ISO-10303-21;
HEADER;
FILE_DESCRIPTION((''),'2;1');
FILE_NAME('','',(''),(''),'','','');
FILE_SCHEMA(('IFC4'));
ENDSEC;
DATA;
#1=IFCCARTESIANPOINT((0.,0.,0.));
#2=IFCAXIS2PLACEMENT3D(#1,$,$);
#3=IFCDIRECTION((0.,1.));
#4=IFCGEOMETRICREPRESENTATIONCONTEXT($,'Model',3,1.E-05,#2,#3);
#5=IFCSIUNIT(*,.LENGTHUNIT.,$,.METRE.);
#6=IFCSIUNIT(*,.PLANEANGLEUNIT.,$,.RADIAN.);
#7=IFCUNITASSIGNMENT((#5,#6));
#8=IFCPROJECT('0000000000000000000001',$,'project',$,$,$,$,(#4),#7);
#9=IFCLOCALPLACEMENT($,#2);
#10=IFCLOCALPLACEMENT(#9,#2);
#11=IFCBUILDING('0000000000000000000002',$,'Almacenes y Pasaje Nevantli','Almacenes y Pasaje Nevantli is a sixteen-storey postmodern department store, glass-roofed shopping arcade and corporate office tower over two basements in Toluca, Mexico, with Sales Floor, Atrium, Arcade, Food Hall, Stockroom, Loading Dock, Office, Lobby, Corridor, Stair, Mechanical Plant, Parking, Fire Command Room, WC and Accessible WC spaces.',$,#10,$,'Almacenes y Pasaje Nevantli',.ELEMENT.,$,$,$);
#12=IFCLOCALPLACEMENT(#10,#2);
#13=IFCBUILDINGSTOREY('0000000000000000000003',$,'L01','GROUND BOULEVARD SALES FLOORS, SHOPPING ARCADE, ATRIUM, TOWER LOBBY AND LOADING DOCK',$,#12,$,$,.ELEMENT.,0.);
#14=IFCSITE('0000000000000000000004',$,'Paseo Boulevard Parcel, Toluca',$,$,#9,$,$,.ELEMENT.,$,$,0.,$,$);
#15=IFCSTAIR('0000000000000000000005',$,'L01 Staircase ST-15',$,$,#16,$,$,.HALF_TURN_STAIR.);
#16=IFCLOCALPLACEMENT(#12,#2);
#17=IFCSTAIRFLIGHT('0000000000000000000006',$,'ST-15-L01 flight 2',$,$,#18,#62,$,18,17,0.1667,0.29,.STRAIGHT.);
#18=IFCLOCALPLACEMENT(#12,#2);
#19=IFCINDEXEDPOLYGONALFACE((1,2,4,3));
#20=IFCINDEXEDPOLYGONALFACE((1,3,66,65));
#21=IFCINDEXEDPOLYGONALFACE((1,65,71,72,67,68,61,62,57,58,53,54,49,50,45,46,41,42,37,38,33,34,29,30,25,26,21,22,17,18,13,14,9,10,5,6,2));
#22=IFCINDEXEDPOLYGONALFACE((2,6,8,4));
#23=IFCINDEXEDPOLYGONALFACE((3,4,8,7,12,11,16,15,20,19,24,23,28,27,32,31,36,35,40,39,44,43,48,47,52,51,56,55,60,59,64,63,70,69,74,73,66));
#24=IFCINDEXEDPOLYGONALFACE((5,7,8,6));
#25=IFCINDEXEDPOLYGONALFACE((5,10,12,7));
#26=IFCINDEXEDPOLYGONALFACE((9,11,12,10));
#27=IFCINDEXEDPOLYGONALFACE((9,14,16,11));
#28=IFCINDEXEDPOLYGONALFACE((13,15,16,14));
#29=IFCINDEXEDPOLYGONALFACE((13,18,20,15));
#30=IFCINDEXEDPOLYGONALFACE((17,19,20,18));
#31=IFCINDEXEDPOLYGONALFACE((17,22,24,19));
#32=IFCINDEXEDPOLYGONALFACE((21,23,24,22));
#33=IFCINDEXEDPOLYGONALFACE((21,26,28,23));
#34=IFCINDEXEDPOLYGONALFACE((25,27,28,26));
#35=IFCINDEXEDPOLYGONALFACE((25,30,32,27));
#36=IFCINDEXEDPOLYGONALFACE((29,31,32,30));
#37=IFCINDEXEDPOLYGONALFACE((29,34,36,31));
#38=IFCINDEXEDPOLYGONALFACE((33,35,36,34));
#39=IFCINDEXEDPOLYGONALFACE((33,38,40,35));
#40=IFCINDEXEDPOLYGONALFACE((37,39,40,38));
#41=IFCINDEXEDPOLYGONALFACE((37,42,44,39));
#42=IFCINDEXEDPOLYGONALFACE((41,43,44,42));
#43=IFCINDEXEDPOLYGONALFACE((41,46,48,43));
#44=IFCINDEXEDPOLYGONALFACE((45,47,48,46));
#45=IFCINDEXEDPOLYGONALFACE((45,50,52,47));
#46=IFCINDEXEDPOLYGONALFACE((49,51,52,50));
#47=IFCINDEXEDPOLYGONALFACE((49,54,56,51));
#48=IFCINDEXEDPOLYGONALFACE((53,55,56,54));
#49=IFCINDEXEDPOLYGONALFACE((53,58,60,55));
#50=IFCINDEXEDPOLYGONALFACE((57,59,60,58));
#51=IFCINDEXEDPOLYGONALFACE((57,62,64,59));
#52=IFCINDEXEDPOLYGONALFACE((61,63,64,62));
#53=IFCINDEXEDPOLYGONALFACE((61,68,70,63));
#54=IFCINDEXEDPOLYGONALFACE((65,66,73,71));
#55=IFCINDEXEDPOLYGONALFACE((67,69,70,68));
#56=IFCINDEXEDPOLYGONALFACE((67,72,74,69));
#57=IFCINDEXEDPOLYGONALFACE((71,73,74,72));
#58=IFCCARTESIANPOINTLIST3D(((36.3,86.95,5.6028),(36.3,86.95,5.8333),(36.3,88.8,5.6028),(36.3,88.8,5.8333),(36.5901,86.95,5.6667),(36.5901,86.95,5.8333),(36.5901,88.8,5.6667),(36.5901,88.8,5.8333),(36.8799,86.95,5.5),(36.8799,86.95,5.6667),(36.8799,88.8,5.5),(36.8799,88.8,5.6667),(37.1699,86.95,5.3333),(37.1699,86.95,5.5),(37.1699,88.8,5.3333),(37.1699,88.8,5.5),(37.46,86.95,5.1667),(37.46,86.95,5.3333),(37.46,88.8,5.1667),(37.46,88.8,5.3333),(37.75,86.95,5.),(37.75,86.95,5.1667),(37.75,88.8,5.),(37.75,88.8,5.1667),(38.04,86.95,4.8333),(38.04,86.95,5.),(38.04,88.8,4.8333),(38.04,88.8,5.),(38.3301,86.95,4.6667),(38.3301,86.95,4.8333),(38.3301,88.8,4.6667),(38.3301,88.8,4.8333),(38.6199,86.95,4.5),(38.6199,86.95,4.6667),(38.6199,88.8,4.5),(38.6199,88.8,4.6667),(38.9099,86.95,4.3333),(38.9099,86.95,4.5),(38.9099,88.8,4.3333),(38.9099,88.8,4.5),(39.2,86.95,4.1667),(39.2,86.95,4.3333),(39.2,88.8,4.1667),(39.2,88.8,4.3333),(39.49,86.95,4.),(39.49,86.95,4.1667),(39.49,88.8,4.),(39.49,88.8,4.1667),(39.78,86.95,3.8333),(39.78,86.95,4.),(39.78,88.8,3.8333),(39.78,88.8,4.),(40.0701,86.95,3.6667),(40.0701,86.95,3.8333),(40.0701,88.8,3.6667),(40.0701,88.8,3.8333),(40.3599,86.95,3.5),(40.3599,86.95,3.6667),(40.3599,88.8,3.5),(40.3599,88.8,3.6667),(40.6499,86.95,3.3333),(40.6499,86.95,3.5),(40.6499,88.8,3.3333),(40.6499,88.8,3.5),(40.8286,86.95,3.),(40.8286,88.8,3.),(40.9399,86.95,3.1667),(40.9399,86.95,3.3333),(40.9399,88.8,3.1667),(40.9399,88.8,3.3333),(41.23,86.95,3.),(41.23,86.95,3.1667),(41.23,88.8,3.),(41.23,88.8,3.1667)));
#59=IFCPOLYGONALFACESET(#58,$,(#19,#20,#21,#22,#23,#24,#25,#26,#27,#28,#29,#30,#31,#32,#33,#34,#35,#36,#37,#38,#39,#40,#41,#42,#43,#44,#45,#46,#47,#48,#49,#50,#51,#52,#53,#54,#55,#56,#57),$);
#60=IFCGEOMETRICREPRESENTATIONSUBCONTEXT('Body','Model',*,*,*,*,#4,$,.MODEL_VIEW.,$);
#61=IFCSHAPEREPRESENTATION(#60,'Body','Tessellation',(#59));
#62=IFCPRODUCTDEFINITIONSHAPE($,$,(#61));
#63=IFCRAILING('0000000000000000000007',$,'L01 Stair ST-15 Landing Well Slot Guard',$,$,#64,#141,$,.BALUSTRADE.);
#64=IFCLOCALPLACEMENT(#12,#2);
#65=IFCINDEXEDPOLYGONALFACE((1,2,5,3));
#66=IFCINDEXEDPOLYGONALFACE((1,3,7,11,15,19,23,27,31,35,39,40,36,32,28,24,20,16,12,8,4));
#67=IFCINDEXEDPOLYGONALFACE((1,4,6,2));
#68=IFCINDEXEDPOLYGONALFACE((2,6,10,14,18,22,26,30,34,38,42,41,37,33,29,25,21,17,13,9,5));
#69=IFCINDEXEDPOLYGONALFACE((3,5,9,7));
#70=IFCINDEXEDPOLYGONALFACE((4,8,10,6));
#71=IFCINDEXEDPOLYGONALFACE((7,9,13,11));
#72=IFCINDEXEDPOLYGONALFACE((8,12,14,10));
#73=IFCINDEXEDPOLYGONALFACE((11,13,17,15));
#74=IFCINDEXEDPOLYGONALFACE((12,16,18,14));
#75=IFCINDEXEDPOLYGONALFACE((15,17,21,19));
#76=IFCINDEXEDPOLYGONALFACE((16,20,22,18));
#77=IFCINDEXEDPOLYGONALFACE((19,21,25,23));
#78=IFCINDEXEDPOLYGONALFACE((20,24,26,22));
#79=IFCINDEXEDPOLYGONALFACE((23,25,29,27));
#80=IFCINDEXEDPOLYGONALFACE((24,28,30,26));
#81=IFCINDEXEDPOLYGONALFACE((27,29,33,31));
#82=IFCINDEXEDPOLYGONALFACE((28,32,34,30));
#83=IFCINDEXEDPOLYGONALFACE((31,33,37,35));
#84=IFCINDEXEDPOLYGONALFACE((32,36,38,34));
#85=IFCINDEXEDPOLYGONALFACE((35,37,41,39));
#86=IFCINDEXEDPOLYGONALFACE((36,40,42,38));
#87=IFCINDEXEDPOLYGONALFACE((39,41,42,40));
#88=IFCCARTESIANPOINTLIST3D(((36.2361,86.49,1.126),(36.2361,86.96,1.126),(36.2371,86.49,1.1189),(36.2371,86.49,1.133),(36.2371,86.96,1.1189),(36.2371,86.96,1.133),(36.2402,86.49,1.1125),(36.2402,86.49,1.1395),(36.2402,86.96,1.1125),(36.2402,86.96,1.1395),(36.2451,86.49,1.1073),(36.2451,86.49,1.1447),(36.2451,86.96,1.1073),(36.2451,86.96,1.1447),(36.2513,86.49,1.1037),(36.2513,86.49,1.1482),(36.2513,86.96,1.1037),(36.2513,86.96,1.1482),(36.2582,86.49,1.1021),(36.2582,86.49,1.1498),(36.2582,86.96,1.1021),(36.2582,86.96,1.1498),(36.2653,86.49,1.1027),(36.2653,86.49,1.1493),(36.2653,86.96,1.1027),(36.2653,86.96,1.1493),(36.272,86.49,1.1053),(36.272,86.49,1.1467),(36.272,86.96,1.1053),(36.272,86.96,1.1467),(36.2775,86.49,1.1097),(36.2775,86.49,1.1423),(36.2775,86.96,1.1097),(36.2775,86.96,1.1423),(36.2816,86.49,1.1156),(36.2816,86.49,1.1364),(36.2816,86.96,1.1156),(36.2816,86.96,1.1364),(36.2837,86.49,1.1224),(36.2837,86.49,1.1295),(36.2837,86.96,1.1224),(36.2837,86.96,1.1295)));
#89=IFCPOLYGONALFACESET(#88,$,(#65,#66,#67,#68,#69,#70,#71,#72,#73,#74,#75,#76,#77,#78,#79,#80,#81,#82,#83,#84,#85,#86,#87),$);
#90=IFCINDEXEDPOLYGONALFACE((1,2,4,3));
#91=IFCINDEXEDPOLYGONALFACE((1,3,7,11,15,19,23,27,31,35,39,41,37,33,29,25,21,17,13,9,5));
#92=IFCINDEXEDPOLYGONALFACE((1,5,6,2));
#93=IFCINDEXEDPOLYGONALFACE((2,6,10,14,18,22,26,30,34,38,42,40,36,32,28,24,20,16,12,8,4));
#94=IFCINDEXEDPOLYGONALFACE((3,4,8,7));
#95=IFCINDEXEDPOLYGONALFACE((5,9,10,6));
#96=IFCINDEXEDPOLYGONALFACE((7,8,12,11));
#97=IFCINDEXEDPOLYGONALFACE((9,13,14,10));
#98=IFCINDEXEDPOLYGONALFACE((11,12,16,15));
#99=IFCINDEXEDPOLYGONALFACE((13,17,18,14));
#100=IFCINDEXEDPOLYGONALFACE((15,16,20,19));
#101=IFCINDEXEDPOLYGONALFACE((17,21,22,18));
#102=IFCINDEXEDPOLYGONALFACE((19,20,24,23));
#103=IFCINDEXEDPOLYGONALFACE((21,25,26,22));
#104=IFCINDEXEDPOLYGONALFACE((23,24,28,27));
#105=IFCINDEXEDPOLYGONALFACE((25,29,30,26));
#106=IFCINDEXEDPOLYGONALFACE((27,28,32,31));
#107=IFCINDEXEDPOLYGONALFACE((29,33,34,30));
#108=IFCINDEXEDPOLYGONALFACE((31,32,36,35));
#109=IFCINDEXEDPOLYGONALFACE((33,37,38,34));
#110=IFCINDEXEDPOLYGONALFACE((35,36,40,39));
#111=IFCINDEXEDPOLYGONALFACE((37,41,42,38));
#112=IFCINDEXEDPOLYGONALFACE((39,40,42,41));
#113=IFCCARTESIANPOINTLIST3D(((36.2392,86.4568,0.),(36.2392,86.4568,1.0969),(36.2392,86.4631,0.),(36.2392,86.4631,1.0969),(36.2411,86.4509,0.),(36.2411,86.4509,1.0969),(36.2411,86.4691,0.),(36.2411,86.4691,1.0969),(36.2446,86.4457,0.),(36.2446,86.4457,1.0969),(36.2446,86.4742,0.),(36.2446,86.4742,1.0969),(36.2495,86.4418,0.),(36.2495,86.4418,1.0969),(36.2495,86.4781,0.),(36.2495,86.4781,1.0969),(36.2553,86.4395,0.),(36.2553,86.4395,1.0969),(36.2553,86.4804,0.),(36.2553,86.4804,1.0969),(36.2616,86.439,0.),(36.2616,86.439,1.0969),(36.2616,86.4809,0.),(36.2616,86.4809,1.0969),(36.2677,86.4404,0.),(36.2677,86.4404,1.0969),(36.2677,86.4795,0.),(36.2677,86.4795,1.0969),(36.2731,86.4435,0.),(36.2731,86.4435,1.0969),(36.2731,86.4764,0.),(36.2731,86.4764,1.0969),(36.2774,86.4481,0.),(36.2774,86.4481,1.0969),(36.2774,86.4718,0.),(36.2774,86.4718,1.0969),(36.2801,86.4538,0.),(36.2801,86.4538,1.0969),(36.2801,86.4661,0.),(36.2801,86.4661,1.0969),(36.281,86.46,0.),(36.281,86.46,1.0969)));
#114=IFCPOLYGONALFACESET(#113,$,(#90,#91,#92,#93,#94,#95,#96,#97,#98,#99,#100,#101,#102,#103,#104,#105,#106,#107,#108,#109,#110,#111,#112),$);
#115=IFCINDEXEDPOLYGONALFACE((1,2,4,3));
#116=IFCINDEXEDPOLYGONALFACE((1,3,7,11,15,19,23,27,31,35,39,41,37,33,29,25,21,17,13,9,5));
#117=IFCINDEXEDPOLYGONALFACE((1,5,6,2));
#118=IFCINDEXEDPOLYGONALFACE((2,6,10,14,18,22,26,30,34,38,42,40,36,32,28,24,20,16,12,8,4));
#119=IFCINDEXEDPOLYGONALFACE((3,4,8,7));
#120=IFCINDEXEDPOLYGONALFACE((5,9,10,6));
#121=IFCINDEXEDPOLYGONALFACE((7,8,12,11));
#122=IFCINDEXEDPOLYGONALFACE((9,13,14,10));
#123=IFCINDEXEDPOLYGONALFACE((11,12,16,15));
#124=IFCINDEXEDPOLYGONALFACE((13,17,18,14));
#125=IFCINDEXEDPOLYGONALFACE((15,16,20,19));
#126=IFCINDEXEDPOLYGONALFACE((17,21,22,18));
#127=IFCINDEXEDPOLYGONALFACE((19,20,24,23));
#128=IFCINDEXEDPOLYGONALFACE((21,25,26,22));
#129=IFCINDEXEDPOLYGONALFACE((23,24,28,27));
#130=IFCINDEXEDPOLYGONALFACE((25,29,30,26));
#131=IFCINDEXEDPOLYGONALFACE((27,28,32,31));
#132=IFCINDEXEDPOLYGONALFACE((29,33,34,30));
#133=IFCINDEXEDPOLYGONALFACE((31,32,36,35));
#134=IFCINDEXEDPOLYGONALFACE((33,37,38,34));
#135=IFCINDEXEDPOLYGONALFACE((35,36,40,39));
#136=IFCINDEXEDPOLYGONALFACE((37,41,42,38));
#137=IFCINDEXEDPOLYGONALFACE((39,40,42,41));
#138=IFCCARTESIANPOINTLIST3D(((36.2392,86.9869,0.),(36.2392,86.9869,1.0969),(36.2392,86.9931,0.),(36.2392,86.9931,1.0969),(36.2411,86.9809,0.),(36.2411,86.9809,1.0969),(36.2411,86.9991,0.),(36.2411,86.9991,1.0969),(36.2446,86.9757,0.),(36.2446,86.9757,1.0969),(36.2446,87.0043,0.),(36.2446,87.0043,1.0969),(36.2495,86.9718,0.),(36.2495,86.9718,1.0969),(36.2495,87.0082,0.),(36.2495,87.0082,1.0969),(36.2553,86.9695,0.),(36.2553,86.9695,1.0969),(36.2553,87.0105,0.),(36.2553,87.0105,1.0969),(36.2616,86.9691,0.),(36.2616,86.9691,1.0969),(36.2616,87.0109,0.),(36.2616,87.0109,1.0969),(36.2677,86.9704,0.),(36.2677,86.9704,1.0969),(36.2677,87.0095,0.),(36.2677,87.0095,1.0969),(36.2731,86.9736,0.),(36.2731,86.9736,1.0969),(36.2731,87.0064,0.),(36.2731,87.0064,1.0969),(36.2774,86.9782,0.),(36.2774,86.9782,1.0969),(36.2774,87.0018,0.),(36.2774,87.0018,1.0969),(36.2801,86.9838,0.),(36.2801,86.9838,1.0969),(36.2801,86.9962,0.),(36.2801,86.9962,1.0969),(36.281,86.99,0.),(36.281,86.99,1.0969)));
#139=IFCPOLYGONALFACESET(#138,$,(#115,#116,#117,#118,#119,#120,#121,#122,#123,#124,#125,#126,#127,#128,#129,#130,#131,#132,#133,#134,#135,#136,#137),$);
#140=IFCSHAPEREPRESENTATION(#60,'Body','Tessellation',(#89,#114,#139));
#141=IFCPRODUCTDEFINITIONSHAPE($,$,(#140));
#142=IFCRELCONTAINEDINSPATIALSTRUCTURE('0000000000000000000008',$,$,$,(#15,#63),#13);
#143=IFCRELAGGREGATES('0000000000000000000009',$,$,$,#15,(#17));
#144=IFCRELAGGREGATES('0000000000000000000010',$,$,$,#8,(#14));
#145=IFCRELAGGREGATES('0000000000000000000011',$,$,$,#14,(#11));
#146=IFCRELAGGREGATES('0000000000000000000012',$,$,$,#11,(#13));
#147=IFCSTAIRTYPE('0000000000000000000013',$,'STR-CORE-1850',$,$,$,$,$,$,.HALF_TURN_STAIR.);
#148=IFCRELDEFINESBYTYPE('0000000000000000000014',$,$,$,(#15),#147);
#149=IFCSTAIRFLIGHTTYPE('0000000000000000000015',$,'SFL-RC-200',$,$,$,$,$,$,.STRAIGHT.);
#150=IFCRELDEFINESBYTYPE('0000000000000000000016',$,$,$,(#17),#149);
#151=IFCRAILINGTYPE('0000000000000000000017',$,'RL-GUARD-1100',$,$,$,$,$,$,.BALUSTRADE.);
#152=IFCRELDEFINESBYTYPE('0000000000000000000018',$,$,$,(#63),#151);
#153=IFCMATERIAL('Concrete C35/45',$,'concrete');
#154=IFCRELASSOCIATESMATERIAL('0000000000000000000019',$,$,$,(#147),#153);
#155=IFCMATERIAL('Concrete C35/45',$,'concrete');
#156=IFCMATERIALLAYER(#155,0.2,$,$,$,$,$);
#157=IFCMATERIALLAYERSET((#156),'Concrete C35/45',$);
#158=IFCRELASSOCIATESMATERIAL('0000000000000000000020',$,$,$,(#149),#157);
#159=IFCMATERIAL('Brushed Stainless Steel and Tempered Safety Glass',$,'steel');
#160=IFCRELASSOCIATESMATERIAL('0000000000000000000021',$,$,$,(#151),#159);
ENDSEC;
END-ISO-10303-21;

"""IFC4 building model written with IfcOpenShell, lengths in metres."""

from ifc_helpers import new_model, si_unit, direction, frame, origin, origin_2d, place, context, subcontext, project, spatial, polyline, circle, outline, extrude, material, layer, layer_set, type_object, element, aggregate, save


model = new_model("IFC4")

# Units and contexts
model_context = context("Model", 3, precision=1e-05, world=origin(), true_north=direction((0.0, 1.0)))
body_context = subcontext(model_context, "Body", "Model", "MODEL_VIEW")
ifc_project = project(units=[si_unit("LENGTHUNIT", "METRE"), si_unit("PLANEANGLEUNIT", "RADIAN")], contexts=[model_context])

# Site, building, storey
site_placement = place(None, origin())
site = spatial("IfcSite", under=ifc_project, at=site_placement, Name="Paseo Boulevard Parcel, Toluca", CompositionType="ELEMENT", RefElevation=0.0)
building_placement = place(site_placement, origin())
building = spatial("IfcBuilding", under=site, at=building_placement, Name="Almacenes y Pasaje Nevantli", Description="Almacenes y Pasaje Nevantli is a sixteen-storey postmodern department store, glass-roofed shopping arcade and corporate office tower over two basements in Toluca, Mexico, with Sales Floor, Atrium, Arcade, Food Hall, Stockroom, Loading Dock, Office, Lobby, Corridor, Stair, Mechanical Plant, Parking, Fire Command Room, WC and Accessible WC spaces.", LongName="Almacenes y Pasaje Nevantli", CompositionType="ELEMENT")
storey_placement = place(building_placement, origin())
storey = spatial("IfcBuildingStorey", under=building, at=storey_placement, Name="L01", Description="GROUND BOULEVARD SALES FLOORS, SHOPPING ARCADE, ATRIUM, TOWER LOBBY AND LOADING DOCK", CompositionType="ELEMENT", Elevation=0.0)

# Stair, stair flight
ifc_material_1 = material(Name="Concrete C35/45", Category="concrete")
stair_type = type_object("IfcStairType", Name="STR-CORE-1850", PredefinedType="HALF_TURN_STAIR", material=ifc_material_1)
stair_placement = place(storey_placement, origin())
stair = element("IfcStair", 1, at=stair_placement, inside=storey, type_object=stair_type, Name="L01 Staircase ST-15", PredefinedType="HALF_TURN_STAIR")
ifc_material_2 = material(Name="Concrete C35/45", Category="concrete")
ifc_layer_1 = layer(ifc_material_2, 0.2)
ifc_layer_set_1 = layer_set([ifc_layer_1], Name="Concrete C35/45")
stair_flight_type = type_object("IfcStairFlightType", Name="SFL-RC-200", PredefinedType="STRAIGHT", material=ifc_layer_set_1)
stair_flight_placement = place(storey_placement, frame((41.23, 87.875, 3.0), z_axis=(0.0, 0.0, 1.0), x_axis=(-1.0, 0.0, 0.0)))
stair_flight = element("IfcStairFlight", 2, at=stair_flight_placement, type_object=stair_flight_type, Name="ST-15-L01 flight 2", NumberOfRisers=18, NumberOfTreads=17, PredefinedType="STRAIGHT", RiserHeight=0.1667, TreadLength=0.29, context=body_context, shape_type="SweptSolid", body=[
    extrude(outline(polyline([(0.0, 0.0), (0.0, 0.1667), (0.29, 0.1667), (0.29, 0.3333), (0.5801, 0.3333), (0.5801, 0.5), (0.8701, 0.5), (0.8701, 0.6667), (1.1599, 0.6667), (1.1599, 0.8333), (1.45, 0.8333), (1.45, 1.0), (1.74, 1.0), (1.74, 1.1667), (2.03, 1.1667), (2.03, 1.3333), (2.3201, 1.3333), (2.3201, 1.5), (2.6101, 1.5), (2.6101, 1.6667), (2.8999, 1.6667), (2.8999, 1.8333), (3.1899, 1.8333), (3.1899, 2.0), (3.48, 2.0), (3.48, 2.1667), (3.77, 2.1667), (3.77, 2.3333), (4.0601, 2.3333), (4.0601, 2.5), (4.3501, 2.5), (4.3501, 2.6667), (4.6399, 2.6667), (4.6399, 2.8333), (4.9299, 2.8333), (4.9299, 3.0), (4.9299, 2.6028), (0.4014, 0.0), (0.0, 0.0)])), frame((0.0, 0.925, 0.0), z_axis=(0.0, -1.0, 0.0), x_axis=(1.0, 0.0, 0.0)), (0.0, 0.0, 1.0), 1.8501),
])
aggregate(stair, [stair_flight])

# Railing
ifc_material_3 = material(Name="Brushed Stainless Steel and Tempered Safety Glass", Category="steel")
railing_type_1 = type_object("IfcRailingType", Name="RL-GUARD-1100", PredefinedType="BALUSTRADE", material=ifc_material_3)
railing_1_placement = place(storey_placement, frame((36.26, 86.46, 0.0)))
element("IfcRailing", 3, at=railing_1_placement, inside=storey, type_object=railing_type_1, Name="L01 Stair ST-15 Landing Well Slot Guard", PredefinedType="BALUSTRADE", context=body_context, shape_type="SweptSolid", body=[
    extrude(circle(Radius=0.0239, at=origin_2d()), frame((0.0, 0.03, 1.126), z_axis=(0.0, 1.0, 0.0), x_axis=(-1.0, 0.0, 0.0)), (0.0, 0.0, 1.0), 0.47),
    extrude(circle(Radius=0.021, at=origin_2d()), origin(), (0.0, 0.0, 1.0), 1.0969),
    extrude(circle(Radius=0.021, at=origin_2d()), frame((0.0, 0.53, 0.0)), (0.0, 0.0, 1.0), 1.0969),
])

save(model, "model.ifc")
